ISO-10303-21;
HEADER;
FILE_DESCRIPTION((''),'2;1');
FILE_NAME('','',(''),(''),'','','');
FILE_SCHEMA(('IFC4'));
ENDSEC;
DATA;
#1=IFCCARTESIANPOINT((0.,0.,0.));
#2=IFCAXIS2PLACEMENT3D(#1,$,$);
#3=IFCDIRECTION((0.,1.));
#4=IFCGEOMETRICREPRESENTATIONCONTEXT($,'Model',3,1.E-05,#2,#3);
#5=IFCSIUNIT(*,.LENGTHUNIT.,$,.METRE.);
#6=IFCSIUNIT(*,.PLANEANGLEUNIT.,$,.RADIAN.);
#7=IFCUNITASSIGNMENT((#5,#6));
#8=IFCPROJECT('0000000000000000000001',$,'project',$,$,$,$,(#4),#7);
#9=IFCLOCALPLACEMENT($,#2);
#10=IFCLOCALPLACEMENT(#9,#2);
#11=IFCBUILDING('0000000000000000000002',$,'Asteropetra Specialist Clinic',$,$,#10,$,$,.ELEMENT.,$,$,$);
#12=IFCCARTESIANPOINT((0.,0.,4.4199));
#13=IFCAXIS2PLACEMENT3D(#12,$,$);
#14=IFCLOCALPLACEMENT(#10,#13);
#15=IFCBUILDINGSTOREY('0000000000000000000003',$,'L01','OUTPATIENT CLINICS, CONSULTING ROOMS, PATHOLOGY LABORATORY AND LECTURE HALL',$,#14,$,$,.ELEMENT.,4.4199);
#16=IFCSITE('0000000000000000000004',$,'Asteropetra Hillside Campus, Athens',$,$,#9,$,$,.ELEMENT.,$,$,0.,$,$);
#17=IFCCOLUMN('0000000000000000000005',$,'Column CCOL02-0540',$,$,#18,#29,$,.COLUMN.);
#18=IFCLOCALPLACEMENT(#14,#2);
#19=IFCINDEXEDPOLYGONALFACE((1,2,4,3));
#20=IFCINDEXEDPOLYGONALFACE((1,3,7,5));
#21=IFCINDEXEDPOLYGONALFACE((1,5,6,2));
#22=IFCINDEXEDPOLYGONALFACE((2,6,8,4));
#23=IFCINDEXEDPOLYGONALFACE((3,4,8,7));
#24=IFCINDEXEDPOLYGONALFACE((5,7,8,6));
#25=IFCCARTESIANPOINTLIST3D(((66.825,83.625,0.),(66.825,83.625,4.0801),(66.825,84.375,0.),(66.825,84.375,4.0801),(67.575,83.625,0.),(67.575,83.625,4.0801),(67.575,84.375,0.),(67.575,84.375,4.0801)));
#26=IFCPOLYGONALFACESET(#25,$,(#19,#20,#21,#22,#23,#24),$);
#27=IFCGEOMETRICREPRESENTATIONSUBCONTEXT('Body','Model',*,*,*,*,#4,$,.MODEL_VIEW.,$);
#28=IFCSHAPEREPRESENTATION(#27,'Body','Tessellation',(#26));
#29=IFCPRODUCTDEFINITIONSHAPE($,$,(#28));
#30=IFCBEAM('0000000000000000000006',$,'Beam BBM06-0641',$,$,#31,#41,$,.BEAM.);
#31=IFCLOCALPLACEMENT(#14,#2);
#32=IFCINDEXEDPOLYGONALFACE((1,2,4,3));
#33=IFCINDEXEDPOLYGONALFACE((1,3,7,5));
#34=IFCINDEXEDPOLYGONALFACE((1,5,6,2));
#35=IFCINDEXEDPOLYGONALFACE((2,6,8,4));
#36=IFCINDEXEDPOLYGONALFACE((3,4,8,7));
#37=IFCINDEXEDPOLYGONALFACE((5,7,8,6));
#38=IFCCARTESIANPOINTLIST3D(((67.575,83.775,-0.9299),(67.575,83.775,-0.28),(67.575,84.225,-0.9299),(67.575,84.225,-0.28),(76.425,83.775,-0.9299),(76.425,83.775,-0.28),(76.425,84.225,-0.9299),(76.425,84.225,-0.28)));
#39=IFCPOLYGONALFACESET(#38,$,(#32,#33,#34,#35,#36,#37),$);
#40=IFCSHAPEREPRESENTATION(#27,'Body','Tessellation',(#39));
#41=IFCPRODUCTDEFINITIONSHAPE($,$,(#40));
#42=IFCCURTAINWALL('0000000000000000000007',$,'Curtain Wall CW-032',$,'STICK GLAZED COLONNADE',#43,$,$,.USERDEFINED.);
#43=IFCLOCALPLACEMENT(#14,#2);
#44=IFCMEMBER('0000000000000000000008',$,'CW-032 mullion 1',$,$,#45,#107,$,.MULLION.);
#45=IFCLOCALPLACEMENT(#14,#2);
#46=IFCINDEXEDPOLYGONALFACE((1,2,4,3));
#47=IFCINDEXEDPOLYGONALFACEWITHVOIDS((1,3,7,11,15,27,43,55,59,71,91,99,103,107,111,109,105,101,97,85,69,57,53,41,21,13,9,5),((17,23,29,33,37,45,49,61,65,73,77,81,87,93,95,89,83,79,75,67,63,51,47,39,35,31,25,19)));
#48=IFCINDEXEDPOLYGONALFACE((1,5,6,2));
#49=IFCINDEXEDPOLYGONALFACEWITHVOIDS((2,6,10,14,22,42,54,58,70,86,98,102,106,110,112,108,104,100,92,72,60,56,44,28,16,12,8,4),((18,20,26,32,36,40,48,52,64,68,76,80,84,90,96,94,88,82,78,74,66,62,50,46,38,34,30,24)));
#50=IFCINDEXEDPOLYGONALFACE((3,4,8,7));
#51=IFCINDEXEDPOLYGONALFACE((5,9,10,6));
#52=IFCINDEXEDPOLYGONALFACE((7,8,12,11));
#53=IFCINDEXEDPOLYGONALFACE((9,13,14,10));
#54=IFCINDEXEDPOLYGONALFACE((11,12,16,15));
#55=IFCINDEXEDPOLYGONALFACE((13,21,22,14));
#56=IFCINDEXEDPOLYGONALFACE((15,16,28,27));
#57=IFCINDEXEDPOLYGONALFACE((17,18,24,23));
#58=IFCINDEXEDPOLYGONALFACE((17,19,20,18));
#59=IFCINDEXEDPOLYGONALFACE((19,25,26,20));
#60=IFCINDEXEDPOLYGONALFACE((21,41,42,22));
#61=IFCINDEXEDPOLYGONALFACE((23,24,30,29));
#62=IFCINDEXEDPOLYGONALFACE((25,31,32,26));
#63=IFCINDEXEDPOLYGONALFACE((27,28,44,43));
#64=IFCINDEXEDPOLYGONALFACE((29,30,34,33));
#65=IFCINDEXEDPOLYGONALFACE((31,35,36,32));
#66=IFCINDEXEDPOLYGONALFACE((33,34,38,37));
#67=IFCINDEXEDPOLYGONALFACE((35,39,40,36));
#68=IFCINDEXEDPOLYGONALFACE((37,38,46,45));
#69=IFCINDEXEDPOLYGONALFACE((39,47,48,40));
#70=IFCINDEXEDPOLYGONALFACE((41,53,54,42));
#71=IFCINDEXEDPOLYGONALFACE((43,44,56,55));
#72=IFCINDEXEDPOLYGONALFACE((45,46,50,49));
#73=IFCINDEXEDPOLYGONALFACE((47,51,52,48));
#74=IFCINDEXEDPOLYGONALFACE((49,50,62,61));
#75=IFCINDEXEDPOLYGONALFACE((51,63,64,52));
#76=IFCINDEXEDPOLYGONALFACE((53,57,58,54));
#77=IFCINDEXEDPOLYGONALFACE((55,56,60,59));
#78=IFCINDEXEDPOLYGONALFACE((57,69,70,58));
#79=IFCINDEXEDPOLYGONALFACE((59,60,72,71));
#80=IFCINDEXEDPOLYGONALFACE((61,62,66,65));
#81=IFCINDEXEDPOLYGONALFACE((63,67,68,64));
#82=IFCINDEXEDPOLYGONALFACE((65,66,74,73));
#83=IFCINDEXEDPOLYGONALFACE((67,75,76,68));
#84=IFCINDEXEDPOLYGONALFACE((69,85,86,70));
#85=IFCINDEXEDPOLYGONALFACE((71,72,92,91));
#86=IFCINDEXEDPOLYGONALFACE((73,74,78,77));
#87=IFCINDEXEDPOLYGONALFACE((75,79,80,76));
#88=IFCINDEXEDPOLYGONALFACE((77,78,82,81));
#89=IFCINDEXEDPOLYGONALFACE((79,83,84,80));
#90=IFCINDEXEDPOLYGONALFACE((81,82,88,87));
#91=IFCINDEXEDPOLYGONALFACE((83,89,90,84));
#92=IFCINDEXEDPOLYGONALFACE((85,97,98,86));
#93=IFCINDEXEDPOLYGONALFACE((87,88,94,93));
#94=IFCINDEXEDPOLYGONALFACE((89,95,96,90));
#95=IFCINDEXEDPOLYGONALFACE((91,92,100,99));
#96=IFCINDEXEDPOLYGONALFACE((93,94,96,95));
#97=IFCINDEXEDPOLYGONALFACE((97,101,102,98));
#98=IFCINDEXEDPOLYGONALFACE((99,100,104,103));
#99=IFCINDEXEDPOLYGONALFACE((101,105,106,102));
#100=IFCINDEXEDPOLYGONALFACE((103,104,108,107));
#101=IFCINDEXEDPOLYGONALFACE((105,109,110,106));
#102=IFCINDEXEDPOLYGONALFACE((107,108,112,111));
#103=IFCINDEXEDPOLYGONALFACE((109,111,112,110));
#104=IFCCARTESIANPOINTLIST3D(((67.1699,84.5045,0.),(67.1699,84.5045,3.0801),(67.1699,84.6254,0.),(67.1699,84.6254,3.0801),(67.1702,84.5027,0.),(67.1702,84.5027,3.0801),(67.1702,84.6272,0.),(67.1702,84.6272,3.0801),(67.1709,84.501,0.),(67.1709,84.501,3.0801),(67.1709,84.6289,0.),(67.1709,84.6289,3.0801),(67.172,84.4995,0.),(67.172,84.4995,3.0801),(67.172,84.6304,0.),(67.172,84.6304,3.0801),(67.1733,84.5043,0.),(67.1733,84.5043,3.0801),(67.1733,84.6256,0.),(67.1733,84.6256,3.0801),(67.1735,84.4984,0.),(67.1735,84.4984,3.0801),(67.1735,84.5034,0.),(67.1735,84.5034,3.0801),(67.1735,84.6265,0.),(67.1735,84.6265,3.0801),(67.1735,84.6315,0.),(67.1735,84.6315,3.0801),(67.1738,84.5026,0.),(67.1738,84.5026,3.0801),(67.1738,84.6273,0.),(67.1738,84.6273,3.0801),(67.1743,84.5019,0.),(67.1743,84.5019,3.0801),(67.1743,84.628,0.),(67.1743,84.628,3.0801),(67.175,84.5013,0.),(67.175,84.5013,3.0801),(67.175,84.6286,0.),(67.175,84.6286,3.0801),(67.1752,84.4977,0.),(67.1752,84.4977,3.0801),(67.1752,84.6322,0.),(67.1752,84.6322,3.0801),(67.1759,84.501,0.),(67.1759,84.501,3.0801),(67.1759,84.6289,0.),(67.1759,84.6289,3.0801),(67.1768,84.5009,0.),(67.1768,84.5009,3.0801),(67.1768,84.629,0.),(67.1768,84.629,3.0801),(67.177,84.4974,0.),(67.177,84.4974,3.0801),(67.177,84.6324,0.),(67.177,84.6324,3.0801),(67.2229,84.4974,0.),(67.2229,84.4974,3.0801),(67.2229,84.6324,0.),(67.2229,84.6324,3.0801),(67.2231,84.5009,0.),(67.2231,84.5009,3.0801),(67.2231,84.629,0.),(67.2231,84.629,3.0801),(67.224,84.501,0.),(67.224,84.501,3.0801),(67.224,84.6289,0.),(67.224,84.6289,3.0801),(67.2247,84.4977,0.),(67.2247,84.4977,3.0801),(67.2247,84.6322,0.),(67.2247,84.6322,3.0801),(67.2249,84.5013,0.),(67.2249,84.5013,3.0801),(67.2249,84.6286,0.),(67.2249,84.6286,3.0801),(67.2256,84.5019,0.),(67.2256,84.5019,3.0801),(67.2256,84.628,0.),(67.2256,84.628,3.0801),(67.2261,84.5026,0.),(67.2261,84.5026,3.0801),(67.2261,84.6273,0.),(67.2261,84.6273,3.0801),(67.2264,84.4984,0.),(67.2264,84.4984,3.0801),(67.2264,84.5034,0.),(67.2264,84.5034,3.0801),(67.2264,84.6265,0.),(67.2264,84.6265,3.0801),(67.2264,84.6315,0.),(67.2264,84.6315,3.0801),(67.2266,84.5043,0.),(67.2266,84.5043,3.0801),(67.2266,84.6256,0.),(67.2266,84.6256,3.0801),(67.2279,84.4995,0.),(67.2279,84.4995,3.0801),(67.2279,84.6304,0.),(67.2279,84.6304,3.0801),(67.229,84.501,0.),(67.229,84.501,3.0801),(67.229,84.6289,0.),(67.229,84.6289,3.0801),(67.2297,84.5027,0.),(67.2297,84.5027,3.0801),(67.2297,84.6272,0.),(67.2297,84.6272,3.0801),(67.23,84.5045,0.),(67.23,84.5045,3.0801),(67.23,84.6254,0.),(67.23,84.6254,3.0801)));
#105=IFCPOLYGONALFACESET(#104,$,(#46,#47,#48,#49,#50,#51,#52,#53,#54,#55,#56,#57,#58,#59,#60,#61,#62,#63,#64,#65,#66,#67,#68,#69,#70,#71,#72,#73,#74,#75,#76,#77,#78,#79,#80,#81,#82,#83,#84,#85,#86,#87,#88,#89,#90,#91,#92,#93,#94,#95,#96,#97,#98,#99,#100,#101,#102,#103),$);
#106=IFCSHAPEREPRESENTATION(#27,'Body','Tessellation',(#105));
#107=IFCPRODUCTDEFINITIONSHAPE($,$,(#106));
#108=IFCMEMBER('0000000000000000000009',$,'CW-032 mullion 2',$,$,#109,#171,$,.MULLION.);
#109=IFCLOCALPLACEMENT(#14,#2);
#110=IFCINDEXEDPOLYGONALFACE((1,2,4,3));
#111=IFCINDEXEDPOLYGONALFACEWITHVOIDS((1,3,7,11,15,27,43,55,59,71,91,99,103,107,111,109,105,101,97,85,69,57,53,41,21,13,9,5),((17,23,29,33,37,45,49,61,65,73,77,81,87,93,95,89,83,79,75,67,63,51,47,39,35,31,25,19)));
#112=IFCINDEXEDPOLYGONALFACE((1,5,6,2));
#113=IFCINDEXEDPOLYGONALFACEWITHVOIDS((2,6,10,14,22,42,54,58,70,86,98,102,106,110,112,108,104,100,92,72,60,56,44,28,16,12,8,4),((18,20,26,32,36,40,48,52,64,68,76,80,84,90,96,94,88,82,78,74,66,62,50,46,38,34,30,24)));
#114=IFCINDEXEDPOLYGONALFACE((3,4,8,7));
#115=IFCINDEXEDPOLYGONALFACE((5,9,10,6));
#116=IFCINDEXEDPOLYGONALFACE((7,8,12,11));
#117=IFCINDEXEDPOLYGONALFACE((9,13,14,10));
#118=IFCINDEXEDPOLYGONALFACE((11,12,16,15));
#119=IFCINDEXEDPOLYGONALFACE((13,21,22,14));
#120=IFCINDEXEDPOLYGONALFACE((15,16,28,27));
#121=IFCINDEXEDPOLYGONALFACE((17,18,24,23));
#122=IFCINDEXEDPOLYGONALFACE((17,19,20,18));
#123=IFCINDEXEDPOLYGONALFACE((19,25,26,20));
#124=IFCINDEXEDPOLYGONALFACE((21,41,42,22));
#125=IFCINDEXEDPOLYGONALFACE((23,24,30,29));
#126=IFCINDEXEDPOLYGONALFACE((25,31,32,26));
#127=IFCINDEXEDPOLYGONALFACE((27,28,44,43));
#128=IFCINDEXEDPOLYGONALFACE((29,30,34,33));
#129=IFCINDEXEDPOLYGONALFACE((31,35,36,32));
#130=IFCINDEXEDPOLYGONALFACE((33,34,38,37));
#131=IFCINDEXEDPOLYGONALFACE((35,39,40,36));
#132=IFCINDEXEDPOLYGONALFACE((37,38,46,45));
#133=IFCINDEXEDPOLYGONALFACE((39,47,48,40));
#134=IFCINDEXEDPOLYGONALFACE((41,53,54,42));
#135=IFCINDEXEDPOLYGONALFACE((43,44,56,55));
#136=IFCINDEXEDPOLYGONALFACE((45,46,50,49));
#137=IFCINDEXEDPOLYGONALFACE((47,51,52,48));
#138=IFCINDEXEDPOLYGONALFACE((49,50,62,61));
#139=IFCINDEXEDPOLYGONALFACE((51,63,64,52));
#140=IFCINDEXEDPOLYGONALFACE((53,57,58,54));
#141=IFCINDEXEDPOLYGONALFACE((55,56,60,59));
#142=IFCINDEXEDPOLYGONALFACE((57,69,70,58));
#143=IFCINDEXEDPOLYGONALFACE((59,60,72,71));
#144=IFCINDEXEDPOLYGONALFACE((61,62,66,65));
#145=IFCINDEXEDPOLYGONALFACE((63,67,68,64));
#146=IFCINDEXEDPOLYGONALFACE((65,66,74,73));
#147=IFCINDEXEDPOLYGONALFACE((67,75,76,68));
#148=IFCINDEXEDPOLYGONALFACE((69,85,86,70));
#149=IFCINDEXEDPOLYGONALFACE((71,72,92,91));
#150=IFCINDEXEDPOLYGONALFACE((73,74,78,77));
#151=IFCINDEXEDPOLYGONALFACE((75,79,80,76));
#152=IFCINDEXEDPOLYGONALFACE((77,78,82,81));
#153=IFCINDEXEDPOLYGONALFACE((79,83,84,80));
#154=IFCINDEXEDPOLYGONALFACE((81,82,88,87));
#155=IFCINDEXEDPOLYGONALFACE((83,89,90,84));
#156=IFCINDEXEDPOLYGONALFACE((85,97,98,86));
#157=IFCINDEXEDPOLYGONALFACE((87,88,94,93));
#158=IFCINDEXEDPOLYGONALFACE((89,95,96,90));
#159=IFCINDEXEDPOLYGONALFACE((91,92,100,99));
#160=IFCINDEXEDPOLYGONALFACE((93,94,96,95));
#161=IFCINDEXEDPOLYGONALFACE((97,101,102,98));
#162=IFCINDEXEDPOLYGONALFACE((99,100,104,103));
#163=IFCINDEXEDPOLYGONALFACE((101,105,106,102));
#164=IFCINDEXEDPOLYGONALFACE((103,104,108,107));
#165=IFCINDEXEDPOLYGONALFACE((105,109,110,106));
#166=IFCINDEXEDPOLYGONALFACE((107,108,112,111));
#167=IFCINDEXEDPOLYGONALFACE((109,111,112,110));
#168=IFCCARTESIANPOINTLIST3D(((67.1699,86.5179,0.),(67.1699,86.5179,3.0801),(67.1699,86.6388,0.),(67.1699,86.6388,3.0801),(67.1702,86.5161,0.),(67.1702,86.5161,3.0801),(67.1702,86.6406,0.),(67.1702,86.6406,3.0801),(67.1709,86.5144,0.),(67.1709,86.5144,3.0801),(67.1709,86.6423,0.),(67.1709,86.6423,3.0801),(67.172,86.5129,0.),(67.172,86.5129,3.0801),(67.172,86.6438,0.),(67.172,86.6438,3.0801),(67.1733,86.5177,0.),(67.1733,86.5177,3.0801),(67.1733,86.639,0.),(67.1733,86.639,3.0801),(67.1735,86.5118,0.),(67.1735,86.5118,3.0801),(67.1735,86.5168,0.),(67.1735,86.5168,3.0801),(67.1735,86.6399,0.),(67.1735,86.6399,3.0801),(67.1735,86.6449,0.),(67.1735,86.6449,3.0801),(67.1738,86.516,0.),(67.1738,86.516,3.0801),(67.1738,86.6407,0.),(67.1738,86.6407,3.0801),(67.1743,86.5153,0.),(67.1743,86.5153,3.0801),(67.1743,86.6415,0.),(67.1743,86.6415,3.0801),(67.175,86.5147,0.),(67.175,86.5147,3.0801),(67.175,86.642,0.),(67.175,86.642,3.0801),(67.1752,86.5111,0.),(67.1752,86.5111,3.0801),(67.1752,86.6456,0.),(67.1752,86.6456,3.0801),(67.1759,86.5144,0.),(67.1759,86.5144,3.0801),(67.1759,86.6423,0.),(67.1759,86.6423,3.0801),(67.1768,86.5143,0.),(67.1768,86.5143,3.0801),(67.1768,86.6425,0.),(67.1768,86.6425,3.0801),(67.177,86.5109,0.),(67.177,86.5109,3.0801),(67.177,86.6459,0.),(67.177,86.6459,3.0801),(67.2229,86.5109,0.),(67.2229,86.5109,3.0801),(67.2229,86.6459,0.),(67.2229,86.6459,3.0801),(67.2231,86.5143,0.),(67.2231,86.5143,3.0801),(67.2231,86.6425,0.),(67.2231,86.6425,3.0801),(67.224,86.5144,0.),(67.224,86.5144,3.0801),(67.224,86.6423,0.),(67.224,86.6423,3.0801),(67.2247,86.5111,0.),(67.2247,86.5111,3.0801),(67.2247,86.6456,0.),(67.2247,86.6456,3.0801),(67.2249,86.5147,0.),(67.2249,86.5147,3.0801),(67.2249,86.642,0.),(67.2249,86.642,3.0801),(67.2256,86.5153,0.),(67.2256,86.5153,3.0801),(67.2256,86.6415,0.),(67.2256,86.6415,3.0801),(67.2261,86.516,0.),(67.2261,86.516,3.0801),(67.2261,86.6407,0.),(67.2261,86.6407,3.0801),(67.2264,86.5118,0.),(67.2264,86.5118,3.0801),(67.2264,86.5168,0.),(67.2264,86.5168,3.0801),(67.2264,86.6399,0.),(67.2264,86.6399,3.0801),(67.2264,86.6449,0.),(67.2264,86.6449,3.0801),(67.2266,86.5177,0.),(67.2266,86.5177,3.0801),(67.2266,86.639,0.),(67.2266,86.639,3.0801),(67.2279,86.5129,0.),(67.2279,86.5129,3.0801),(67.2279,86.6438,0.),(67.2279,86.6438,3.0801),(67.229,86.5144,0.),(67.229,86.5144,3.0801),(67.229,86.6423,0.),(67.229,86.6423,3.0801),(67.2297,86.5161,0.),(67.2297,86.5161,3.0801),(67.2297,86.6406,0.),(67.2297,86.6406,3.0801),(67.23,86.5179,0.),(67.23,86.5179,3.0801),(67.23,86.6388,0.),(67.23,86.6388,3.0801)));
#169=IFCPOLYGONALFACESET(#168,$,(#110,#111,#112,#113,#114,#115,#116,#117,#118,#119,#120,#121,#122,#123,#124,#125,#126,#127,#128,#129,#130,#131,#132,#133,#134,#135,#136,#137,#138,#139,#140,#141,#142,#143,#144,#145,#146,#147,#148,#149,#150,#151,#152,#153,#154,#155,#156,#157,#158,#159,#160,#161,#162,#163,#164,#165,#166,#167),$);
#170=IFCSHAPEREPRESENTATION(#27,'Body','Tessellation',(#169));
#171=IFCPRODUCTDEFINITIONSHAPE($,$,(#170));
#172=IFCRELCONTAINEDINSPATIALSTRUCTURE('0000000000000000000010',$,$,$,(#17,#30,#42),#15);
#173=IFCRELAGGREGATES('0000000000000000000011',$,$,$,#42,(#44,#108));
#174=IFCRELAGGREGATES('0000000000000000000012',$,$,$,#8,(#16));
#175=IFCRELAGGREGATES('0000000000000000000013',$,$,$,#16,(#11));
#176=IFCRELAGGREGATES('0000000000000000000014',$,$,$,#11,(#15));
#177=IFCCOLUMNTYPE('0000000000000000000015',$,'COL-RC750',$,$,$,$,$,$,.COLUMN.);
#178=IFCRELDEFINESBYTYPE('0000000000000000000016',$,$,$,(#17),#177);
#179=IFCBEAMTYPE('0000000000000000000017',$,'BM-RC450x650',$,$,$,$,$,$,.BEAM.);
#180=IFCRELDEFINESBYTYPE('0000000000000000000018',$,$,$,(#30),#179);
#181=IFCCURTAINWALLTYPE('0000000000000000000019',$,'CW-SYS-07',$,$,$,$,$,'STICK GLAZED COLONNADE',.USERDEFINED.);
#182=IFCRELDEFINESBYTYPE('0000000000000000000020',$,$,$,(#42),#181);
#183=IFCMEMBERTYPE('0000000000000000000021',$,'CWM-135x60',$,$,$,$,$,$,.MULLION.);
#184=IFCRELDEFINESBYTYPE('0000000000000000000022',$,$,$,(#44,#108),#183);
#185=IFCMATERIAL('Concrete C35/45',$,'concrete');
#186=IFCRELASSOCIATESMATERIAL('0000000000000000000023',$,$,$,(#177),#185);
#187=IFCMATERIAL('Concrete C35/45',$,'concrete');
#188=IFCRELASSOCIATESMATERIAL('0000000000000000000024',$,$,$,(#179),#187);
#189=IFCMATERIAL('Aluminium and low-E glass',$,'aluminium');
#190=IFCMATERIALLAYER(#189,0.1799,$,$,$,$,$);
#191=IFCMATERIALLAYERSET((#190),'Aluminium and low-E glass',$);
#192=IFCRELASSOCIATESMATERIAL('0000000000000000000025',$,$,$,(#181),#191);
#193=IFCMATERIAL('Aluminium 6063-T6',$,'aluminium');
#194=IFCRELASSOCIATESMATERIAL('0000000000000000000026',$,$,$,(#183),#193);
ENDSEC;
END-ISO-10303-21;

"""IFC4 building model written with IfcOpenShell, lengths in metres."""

from ifc_helpers import new_model, si_unit, direction, frame, origin, origin_2d, place, context, subcontext, project, spatial, rectangle, hollow_rectangle, extrude, material, layer, layer_set, material_profile, profile_set, type_object, element, aggregate, save


model = new_model("IFC4")

# Units and contexts
model_context = context("Model", 3, precision=1e-05, world=origin(), true_north=direction((0.0, 1.0)))
body_context = subcontext(model_context, "Body", "Model", "MODEL_VIEW")
ifc_project = project(units=[si_unit("LENGTHUNIT", "METRE"), si_unit("PLANEANGLEUNIT", "RADIAN")], contexts=[model_context])

# Site, building, storey
site_placement = place(None, origin())
site = spatial("IfcSite", under=ifc_project, at=site_placement, Name="Asteropetra Hillside Campus, Athens", CompositionType="ELEMENT", RefElevation=0.0)
building_placement = place(site_placement, origin())
building = spatial("IfcBuilding", under=site, at=building_placement, Name="Asteropetra Specialist Clinic", CompositionType="ELEMENT")
storey_placement = place(building_placement, frame((0.0, 0.0, 4.4199)))
storey = spatial("IfcBuildingStorey", under=building, at=storey_placement, Name="L01", Description="OUTPATIENT CLINICS, CONSULTING ROOMS, PATHOLOGY LABORATORY AND LECTURE HALL", CompositionType="ELEMENT", Elevation=4.4199)

# Column
ifc_material_1 = material(Name="Concrete C35/45", Category="concrete")
ifc_material_profile_1 = material_profile(ifc_material_1, rectangle(XDim=0.75, YDim=0.75, at=origin_2d()), Name="RC 750x750")
ifc_profile_set_1 = profile_set([ifc_material_profile_1], Name="Concrete C35/45")
column_type = type_object("IfcColumnType", Name="COL-RC750", PredefinedType="COLUMN", material=ifc_profile_set_1)
column_placement = place(storey_placement, frame((67.2, 84.0, 0.0), z_axis=(0.0, 0.0, 1.0), x_axis=(1.0, 0.0, 0.0)))
element("IfcColumn", 1, at=column_placement, inside=storey, type_object=column_type, Name="Column CCOL02-0540", PredefinedType="COLUMN", context=body_context, shape_type="SweptSolid", body=[
    extrude(rectangle(XDim=0.75, YDim=0.75, at=origin_2d()), origin(), (0.0, 0.0, 1.0), 4.0801),
])

# Beam
ifc_material_2 = material(Name="Concrete C35/45", Category="concrete")
ifc_material_profile_2 = material_profile(ifc_material_2, rectangle(XDim=0.45, YDim=0.6499, at=origin_2d()), Name="RCB 450x650")
ifc_profile_set_2 = profile_set([ifc_material_profile_2], Name="Concrete C35/45")
beam_type = type_object("IfcBeamType", Name="BM-RC450x650", PredefinedType="BEAM", material=ifc_profile_set_2)
beam_placement = place(storey_placement, frame((67.575, 84.0, -0.605), z_axis=(1.0, 0.0, 0.0), x_axis=(0.0, 1.0, 0.0)))
element("IfcBeam", 2, at=beam_placement, inside=storey, type_object=beam_type, Name="Beam BBM06-0641", PredefinedType="BEAM", context=body_context, shape_type="SweptSolid", body=[
    extrude(rectangle(XDim=0.45, YDim=0.6499, at=origin_2d()), origin(), (0.0, 0.0, 1.0), 8.8501),
])

# Curtain wall, members
ifc_material_3 = material(Name="Aluminium and low-E glass", Category="aluminium")
ifc_layer_1 = layer(ifc_material_3, 0.1799)
ifc_layer_set_1 = layer_set([ifc_layer_1], Name="Aluminium and low-E glass")
curtain_wall_type_1 = type_object("IfcCurtainWallType", Name="CW-SYS-07", ElementType="STICK GLAZED COLONNADE", PredefinedType="USERDEFINED", material=ifc_layer_set_1)
curtain_wall_1_placement = place(storey_placement, origin())
curtain_wall_1 = element("IfcCurtainWall", 3, at=curtain_wall_1_placement, inside=storey, type_object=curtain_wall_type_1, Name="Curtain Wall CW-032", ObjectType="STICK GLAZED COLONNADE", PredefinedType="USERDEFINED")
ifc_material_4 = material(Name="Aluminium 6063-T6", Category="aluminium")
ifc_material_profile_3 = material_profile(ifc_material_4, hollow_rectangle(XDim=0.0601, YDim=0.135, WallThickness=0.0034, InnerFilletRadius=0.0034, OuterFilletRadius=0.0071, at=origin_2d()), Name="MUL 135x60x3.5")
ifc_profile_set_3 = profile_set([ifc_material_profile_3], Name="Aluminium 6063-T6")
member_type_1 = type_object("IfcMemberType", Name="CWM-135x60", PredefinedType="MULLION", material=ifc_profile_set_3)
member_1_placement = place(storey_placement, frame((67.2, 84.5649, 0.0), z_axis=(0.0, 0.0, 1.0), x_axis=(-1.0, 0.0, 0.0)))
member_1 = element("IfcMember", 4, at=member_1_placement, type_object=member_type_1, Name="CW-032 mullion 1", PredefinedType="MULLION", context=body_context, shape_type="SweptSolid", body=[
    extrude(hollow_rectangle(XDim=0.0601, YDim=0.135, WallThickness=0.0034, InnerFilletRadius=0.0034, OuterFilletRadius=0.0071, at=origin_2d()), origin(), (0.0, 0.0, 1.0), 3.0801),
])
member_2_placement = place(storey_placement, frame((67.2, 86.5784, 0.0), z_axis=(0.0, 0.0, 1.0), x_axis=(-1.0, 0.0, 0.0)))
member_2 = element("IfcMember", 5, at=member_2_placement, type_object=member_type_1, Name="CW-032 mullion 2", PredefinedType="MULLION", context=body_context, shape_type="SweptSolid", body=[
    extrude(hollow_rectangle(XDim=0.0601, YDim=0.135, WallThickness=0.0034, InnerFilletRadius=0.0034, OuterFilletRadius=0.0071, at=origin_2d()), origin(), (0.0, 0.0, 1.0), 3.0801),
])

aggregate(curtain_wall_1, [member_1, member_2])

save(model, "model.ifc")
